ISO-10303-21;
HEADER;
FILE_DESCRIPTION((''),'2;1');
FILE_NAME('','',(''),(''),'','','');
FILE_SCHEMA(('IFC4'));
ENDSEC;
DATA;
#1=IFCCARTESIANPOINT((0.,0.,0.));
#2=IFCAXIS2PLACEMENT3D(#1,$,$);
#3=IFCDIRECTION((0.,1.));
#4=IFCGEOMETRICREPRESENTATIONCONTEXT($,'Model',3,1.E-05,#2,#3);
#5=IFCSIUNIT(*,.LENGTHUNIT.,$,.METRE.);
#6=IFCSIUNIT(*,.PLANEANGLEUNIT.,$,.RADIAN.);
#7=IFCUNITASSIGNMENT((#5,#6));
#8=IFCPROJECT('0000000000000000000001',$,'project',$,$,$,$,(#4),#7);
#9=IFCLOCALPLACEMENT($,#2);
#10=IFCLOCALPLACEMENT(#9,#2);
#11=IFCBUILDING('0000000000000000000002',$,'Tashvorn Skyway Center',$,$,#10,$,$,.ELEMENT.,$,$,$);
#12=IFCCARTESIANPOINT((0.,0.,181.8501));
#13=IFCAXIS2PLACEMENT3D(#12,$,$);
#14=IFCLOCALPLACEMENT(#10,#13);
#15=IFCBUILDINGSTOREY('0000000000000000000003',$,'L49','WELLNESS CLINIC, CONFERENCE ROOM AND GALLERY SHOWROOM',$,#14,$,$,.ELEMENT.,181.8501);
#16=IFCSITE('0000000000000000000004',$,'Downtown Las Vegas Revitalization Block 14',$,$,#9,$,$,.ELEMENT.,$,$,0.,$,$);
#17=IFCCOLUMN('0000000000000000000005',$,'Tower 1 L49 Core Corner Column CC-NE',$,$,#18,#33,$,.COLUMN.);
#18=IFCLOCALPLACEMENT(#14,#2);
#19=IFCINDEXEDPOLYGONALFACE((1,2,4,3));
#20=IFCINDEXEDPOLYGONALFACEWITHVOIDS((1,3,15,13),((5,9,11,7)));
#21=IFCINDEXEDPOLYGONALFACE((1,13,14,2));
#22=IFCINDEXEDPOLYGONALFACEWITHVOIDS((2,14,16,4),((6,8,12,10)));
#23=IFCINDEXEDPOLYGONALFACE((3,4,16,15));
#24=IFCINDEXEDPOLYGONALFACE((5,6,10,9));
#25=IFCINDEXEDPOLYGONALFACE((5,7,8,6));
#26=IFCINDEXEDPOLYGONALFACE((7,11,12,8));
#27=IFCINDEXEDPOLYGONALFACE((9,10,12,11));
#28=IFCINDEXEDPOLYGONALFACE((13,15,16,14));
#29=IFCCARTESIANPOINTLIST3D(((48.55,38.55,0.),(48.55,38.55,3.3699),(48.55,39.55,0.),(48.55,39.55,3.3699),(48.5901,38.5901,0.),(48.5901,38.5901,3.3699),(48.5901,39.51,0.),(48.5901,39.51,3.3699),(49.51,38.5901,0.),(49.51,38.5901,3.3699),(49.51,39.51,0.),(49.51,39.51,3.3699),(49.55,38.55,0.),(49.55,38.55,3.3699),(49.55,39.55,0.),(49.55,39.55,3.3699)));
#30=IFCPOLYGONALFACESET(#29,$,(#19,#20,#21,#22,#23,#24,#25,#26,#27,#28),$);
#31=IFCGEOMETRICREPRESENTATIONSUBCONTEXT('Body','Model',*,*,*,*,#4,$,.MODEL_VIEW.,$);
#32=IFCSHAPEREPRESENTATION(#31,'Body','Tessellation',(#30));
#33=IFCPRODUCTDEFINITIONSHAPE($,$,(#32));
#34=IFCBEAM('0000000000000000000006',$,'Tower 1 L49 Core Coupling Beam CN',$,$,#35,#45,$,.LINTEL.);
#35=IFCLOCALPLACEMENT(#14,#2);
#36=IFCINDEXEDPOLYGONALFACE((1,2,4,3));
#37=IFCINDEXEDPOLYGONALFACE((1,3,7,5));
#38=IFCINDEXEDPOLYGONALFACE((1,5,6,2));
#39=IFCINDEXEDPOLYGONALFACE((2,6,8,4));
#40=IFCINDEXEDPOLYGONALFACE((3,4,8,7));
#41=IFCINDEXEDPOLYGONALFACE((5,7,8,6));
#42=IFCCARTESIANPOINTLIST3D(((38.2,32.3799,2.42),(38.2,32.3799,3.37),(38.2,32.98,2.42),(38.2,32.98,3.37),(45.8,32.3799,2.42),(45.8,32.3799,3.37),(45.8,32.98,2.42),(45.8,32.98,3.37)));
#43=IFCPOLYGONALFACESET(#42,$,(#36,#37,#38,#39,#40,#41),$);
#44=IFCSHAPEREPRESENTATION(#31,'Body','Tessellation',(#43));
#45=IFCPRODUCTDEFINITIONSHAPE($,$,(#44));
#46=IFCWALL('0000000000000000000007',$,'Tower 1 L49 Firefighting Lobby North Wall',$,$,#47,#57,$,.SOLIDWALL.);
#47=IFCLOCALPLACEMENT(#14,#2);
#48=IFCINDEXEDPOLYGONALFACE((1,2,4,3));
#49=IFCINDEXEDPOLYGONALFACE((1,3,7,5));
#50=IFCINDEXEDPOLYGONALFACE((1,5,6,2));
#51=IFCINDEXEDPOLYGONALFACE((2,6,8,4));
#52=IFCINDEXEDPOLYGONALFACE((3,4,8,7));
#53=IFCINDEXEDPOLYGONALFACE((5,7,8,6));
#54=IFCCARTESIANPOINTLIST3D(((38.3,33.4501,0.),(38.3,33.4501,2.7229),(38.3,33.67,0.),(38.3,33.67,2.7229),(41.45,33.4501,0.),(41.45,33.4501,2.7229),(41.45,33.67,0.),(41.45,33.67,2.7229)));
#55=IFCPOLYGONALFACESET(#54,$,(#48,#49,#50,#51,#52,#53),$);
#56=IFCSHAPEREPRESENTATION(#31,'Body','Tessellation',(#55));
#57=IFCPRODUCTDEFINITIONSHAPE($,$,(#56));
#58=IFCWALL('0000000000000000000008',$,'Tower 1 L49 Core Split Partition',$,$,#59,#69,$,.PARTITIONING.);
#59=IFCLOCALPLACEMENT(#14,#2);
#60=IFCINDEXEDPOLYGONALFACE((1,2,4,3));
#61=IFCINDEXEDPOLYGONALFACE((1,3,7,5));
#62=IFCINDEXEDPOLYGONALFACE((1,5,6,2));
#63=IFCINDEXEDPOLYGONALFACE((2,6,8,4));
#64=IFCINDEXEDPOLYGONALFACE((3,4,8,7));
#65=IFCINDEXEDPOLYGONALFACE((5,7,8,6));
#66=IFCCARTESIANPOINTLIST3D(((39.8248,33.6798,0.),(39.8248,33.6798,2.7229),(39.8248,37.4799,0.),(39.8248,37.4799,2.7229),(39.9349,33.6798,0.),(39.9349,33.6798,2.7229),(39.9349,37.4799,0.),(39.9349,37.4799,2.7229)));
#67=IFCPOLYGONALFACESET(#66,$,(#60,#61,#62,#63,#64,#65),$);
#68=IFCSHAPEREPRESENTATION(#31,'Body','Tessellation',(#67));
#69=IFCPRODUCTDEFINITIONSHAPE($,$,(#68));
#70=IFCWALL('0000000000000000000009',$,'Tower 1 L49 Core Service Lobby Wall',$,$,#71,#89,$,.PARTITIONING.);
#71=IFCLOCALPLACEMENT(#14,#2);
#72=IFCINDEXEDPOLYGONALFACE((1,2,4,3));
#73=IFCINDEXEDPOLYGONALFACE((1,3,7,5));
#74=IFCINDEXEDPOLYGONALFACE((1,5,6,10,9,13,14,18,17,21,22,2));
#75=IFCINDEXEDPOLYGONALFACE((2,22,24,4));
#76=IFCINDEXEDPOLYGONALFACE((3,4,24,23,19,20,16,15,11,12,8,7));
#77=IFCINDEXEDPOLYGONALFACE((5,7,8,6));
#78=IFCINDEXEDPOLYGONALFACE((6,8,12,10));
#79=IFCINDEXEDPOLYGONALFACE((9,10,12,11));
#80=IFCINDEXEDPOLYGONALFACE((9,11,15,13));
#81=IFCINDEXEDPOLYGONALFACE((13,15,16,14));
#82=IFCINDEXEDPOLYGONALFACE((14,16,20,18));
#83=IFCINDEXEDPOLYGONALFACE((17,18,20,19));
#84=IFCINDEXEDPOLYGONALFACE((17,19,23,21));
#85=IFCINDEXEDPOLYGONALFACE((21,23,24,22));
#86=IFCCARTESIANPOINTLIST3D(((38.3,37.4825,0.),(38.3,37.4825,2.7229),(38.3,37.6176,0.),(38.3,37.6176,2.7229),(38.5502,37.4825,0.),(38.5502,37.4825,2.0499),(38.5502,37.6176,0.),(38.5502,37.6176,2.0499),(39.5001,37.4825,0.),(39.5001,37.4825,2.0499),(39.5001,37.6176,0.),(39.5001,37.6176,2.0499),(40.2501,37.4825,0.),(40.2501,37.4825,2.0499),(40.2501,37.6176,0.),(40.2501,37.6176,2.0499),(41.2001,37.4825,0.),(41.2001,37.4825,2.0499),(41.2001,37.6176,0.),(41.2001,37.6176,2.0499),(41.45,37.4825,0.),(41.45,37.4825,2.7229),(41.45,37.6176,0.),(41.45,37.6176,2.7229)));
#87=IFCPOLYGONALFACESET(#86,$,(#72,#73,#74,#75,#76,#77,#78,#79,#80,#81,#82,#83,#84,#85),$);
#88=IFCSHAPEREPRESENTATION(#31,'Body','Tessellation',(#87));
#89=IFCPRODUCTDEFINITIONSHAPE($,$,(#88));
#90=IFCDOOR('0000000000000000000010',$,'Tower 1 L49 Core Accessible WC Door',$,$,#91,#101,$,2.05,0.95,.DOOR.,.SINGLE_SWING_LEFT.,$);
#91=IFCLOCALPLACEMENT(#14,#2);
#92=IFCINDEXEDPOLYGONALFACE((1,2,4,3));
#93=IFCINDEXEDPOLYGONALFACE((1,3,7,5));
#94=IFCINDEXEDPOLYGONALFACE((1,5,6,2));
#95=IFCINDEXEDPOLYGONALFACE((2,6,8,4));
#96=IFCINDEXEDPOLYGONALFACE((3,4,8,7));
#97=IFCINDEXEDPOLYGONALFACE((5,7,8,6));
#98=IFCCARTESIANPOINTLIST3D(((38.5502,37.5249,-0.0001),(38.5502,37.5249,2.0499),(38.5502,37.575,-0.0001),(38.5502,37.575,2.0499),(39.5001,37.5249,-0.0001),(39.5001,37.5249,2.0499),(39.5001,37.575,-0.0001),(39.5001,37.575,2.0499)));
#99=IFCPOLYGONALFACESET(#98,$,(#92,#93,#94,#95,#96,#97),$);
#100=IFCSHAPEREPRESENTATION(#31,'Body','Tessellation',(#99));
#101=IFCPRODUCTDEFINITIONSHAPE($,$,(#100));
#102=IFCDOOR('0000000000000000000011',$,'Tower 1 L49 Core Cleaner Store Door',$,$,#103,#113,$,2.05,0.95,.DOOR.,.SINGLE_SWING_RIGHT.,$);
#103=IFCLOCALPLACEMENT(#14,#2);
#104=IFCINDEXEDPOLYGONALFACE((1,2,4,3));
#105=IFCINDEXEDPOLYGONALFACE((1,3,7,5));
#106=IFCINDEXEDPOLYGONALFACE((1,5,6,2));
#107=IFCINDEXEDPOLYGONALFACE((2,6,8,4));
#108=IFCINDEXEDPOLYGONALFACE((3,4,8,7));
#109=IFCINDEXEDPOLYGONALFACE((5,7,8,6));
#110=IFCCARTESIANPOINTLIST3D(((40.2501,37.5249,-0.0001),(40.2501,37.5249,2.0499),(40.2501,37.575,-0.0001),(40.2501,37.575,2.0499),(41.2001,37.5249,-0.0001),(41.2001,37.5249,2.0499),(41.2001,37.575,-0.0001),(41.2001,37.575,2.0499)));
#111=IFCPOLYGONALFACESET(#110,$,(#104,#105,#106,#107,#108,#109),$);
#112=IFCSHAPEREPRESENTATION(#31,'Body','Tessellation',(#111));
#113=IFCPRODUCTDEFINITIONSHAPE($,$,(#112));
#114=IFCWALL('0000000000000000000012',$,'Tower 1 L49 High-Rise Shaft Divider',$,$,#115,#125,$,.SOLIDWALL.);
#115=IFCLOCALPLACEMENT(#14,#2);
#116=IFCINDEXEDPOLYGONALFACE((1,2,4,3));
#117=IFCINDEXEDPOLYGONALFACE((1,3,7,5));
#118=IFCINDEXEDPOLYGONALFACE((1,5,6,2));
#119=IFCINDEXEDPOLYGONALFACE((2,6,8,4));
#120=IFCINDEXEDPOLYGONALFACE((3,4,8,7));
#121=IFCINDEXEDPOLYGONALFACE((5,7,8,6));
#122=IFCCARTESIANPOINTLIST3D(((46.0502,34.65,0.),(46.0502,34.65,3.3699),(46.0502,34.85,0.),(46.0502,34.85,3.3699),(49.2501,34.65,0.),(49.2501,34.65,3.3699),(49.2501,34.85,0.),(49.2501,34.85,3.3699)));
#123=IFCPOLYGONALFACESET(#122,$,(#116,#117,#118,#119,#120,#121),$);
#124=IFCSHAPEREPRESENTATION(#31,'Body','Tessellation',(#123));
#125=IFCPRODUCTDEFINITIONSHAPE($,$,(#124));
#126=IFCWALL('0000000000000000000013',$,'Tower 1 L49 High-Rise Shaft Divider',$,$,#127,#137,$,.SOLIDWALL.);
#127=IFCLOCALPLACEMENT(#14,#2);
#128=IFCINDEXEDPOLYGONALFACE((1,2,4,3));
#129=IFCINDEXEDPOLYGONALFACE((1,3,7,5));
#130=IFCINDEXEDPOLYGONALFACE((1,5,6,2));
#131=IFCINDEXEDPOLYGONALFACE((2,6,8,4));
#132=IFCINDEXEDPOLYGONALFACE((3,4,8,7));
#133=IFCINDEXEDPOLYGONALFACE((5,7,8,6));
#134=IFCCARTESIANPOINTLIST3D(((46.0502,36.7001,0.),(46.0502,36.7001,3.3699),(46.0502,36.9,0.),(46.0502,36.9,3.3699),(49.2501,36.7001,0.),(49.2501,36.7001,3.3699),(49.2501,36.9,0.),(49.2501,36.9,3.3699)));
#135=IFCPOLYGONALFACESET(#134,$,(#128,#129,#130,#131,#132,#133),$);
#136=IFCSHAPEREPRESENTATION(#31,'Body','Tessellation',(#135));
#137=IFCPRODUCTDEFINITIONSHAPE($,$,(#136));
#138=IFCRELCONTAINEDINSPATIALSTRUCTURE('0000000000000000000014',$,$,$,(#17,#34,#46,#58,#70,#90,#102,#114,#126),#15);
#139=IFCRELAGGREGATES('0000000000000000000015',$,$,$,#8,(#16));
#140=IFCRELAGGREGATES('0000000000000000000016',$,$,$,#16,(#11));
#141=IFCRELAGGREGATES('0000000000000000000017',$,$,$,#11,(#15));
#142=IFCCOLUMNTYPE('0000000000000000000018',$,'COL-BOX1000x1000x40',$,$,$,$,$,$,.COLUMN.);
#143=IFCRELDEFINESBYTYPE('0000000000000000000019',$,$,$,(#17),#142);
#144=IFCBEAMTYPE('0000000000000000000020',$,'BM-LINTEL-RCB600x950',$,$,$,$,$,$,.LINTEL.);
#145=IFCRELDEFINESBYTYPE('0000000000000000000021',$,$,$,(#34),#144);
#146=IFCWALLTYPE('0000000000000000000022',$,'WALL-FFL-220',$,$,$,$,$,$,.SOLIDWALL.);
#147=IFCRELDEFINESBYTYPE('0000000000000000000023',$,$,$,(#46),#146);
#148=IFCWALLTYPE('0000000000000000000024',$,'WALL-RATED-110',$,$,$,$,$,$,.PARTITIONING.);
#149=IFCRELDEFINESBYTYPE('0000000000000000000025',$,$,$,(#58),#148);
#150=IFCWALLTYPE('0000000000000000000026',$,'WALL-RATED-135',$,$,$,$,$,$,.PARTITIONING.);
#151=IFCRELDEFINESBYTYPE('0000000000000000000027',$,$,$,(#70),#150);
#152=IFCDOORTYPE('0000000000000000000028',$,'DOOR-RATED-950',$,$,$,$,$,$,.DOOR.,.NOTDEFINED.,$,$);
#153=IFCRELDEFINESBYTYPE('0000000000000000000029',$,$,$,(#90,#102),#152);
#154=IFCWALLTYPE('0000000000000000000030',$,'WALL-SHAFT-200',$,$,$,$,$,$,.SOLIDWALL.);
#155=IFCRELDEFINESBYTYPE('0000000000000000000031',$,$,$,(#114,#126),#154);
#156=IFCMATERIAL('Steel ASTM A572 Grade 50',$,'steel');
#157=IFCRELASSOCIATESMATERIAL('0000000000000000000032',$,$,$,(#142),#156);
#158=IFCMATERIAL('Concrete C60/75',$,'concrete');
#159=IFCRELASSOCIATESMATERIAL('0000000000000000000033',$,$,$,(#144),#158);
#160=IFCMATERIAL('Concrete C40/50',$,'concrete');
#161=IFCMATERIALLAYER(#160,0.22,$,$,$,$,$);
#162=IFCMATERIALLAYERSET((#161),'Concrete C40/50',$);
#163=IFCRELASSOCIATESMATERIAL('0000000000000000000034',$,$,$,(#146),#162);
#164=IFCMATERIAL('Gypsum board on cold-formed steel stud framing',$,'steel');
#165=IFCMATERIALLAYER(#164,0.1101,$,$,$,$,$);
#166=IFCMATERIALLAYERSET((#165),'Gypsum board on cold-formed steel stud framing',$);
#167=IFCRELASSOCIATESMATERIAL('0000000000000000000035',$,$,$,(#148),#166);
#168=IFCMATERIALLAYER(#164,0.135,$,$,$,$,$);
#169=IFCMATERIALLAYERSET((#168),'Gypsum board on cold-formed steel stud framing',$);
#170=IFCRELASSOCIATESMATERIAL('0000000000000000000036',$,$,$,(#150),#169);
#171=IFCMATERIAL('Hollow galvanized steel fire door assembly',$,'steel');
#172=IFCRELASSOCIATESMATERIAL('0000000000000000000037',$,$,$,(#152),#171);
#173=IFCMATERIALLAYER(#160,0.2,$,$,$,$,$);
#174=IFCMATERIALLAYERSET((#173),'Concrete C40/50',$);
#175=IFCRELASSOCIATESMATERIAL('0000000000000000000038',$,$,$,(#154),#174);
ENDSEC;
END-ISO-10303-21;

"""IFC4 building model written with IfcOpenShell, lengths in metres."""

from ifc_helpers import new_model, si_unit, direction, frame, frame_2d, origin, origin_2d, place, context, subcontext, project, spatial, rectangle, hollow_rectangle, extrude, material, layer, layer_set, material_profile, profile_set, type_object, element, fill, save


model = new_model("IFC4")

# Units and contexts
model_context = context("Model", 3, precision=1e-05, world=origin(), true_north=direction((0.0, 1.0)))
body_context = subcontext(model_context, "Body", "Model", "MODEL_VIEW")
ifc_project = project(units=[si_unit("LENGTHUNIT", "METRE"), si_unit("PLANEANGLEUNIT", "RADIAN")], contexts=[model_context])

# Site, building, storey
site_placement = place(None, origin())
site = spatial("IfcSite", under=ifc_project, at=site_placement, Name="Downtown Las Vegas Revitalization Block 14", CompositionType="ELEMENT", RefElevation=0.0)
building_placement = place(site_placement, origin())
building = spatial("IfcBuilding", under=site, at=building_placement, Name="Tashvorn Skyway Center", CompositionType="ELEMENT")
storey_placement = place(building_placement, frame((0.0, 0.0, 181.8501)))
storey = spatial("IfcBuildingStorey", under=building, at=storey_placement, Name="L49", Description="WELLNESS CLINIC, CONFERENCE ROOM AND GALLERY SHOWROOM", CompositionType="ELEMENT", Elevation=181.8501)

# Column
ifc_material_1 = material(Name="Steel ASTM A572 Grade 50", Category="steel")
ifc_material_profile_1 = material_profile(ifc_material_1, hollow_rectangle(XDim=1.0, YDim=1.0, WallThickness=0.04, at=origin_2d()), Name="BOX1000x1000x40")
ifc_profile_set_1 = profile_set([ifc_material_profile_1], Name="Steel ASTM A572 Grade 50")
column_type = type_object("IfcColumnType", Name="COL-BOX1000x1000x40", PredefinedType="COLUMN", material=ifc_profile_set_1)
column_placement = place(storey_placement, frame((49.05, 39.05, 0.0), z_axis=(0.0, 0.0, 1.0), x_axis=(1.0, 0.0, 0.0)))
element("IfcColumn", 1, at=column_placement, inside=storey, type_object=column_type, Name="Tower 1 L49 Core Corner Column CC-NE", PredefinedType="COLUMN", context=body_context, shape_type="SweptSolid", body=[
    extrude(hollow_rectangle(XDim=1.0, YDim=1.0, WallThickness=0.04, at=origin_2d()), origin(), (0.0, 0.0, 1.0), 3.3699),
])

# Beam
ifc_material_2 = material(Name="Concrete C60/75", Category="concrete")
ifc_material_profile_2 = material_profile(ifc_material_2, rectangle(XDim=0.6001, YDim=0.95, at=origin_2d()), Name="RCB600x950")
ifc_profile_set_2 = profile_set([ifc_material_profile_2], Name="Concrete C60/75")
beam_type = type_object("IfcBeamType", Name="BM-LINTEL-RCB600x950", PredefinedType="LINTEL", material=ifc_profile_set_2)
beam_placement = place(storey_placement, frame((38.2, 32.6799, 2.895), z_axis=(1.0, 0.0, 0.0), x_axis=(0.0, 1.0, 0.0)))
element("IfcBeam", 2, at=beam_placement, inside=storey, type_object=beam_type, Name="Tower 1 L49 Core Coupling Beam CN", PredefinedType="LINTEL", context=body_context, shape_type="SweptSolid", body=[
    extrude(rectangle(XDim=0.6001, YDim=0.95, at=origin_2d()), origin(), (0.0, 0.0, 1.0), 7.6001),
])

# Walls
ifc_material_3 = material(Name="Concrete C40/50", Category="concrete")
ifc_layer_1 = layer(ifc_material_3, 0.22)
ifc_layer_set_1 = layer_set([ifc_layer_1], Name="Concrete C40/50")
wall_type_1 = type_object("IfcWallType", Name="WALL-FFL-220", PredefinedType="SOLIDWALL", material=ifc_layer_set_1)
wall_1_placement = place(storey_placement, frame((38.3, 33.5601, 0.0), z_axis=(0.0, 0.0, 1.0), x_axis=(1.0, 0.0, 0.0)))
element("IfcWall", 3, at=wall_1_placement, inside=storey, type_object=wall_type_1, Name="Tower 1 L49 Firefighting Lobby North Wall", PredefinedType="SOLIDWALL", context=body_context, shape_type="SweptSolid", body=[
    extrude(rectangle(XDim=3.1499, YDim=0.22, at=frame_2d((1.575, 0.0))), origin(), (0.0, 0.0, 1.0), 2.7229),
])
ifc_material_4 = material(Name="Gypsum board on cold-formed steel stud framing", Category="steel")
ifc_layer_2 = layer(ifc_material_4, 0.1101)
ifc_layer_set_2 = layer_set([ifc_layer_2], Name="Gypsum board on cold-formed steel stud framing")
wall_type_2 = type_object("IfcWallType", Name="WALL-RATED-110", PredefinedType="PARTITIONING", material=ifc_layer_set_2)
wall_2_placement = place(storey_placement, frame((39.8799, 33.6799, 0.0), z_axis=(0.0, 0.0, 1.0), x_axis=(0.0, 1.0, 0.0)))
element("IfcWall", 4, at=wall_2_placement, inside=storey, type_object=wall_type_2, Name="Tower 1 L49 Core Split Partition", PredefinedType="PARTITIONING", context=body_context, shape_type="SweptSolid", body=[
    extrude(rectangle(XDim=3.8, YDim=0.1101, at=frame_2d((1.8999, 0.0))), origin(), (0.0, 0.0, 1.0), 2.7229),
])

# Wall, openings, doors
ifc_layer_3 = layer(ifc_material_4, 0.135)
ifc_layer_set_3 = layer_set([ifc_layer_3], Name="Gypsum board on cold-formed steel stud framing")
wall_type_3 = type_object("IfcWallType", Name="WALL-RATED-135", PredefinedType="PARTITIONING", material=ifc_layer_set_3)
wall_3_placement = place(storey_placement, frame((38.3, 37.55, 0.0), z_axis=(0.0, 0.0, 1.0), x_axis=(1.0, 0.0, 0.0)))
wall_3 = element("IfcWall", 5, at=wall_3_placement, inside=storey, type_object=wall_type_3, Name="Tower 1 L49 Core Service Lobby Wall", PredefinedType="PARTITIONING", context=body_context, shape_type="SweptSolid", body=[
    extrude(rectangle(XDim=3.1499, YDim=0.135, at=frame_2d((1.575, 0.0))), origin(), (0.0, 0.0, 1.0), 2.7229),
])
opening_1_placement = place(wall_3_placement, frame((0.25, 0.0, 0.0)))
opening_1 = element("IfcOpeningElement", 6, at=opening_1_placement, cuts=wall_3, PredefinedType="OPENING", context=body_context, shape_type="SweptSolid", body=[
    extrude(rectangle(XDim=0.95, YDim=2.05, at=frame_2d((0.4751, 1.0249))), frame((0.0, 0.0774, 0.0), z_axis=(0.0, -1.0, 0.0), x_axis=(1.0, 0.0, 0.0)), (0.0, 0.0, 1.0), 0.155),
])
opening_2_placement = place(wall_3_placement, frame((1.95, 0.0, 0.0)))
opening_2 = element("IfcOpeningElement", 7, at=opening_2_placement, cuts=wall_3, PredefinedType="OPENING", context=body_context, shape_type="SweptSolid", body=[
    extrude(rectangle(XDim=0.95, YDim=2.05, at=frame_2d((0.4751, 1.0249))), frame((0.0, 0.0774, 0.0), z_axis=(0.0, -1.0, 0.0), x_axis=(1.0, 0.0, 0.0)), (0.0, 0.0, 1.0), 0.155),
])
ifc_material_5 = material(Name="Hollow galvanized steel fire door assembly", Category="steel")
door_type_1 = type_object("IfcDoorType", Name="DOOR-RATED-950", OperationType="NOTDEFINED", PredefinedType="DOOR", material=ifc_material_5)
door_1_placement = place(opening_1_placement, origin())
door_1 = element("IfcDoor", 8, at=door_1_placement, inside=storey, type_object=door_type_1, Name="Tower 1 L49 Core Accessible WC Door", OperationType="SINGLE_SWING_LEFT", OverallHeight=2.05, OverallWidth=0.95, PredefinedType="DOOR", context=body_context, shape_type="SweptSolid", body=[
    extrude(rectangle(XDim=0.95, YDim=2.05, at=frame_2d((0.4751, 1.0249))), frame((0.0, 0.0249, 0.0), z_axis=(0.0, -1.0, 0.0), x_axis=(1.0, 0.0, 0.0)), (0.0, 0.0, 1.0), 0.05),
])
fill(opening_1, door_1)
door_2_placement = place(opening_2_placement, origin())
door_2 = element("IfcDoor", 9, at=door_2_placement, inside=storey, type_object=door_type_1, Name="Tower 1 L49 Core Cleaner Store Door", OperationType="SINGLE_SWING_RIGHT", OverallHeight=2.05, OverallWidth=0.95, PredefinedType="DOOR", context=body_context, shape_type="SweptSolid", body=[
    extrude(rectangle(XDim=0.95, YDim=2.05, at=frame_2d((0.4751, 1.0249))), frame((0.0, 0.0249, 0.0), z_axis=(0.0, -1.0, 0.0), x_axis=(1.0, 0.0, 0.0)), (0.0, 0.0, 1.0), 0.05),
])
fill(opening_2, door_2)

# Walls
ifc_layer_4 = layer(ifc_material_3, 0.2)
ifc_layer_set_4 = layer_set([ifc_layer_4], Name="Concrete C40/50")
wall_type_4 = type_object("IfcWallType", Name="WALL-SHAFT-200", PredefinedType="SOLIDWALL", material=ifc_layer_set_4)
for number, where, z_axis, x_axis, name in (
    (10, (46.05, 34.75, 0.0), (0.0, 0.0, 1.0), (1.0, 0.0, 0.0), "Tower 1 L49 High-Rise Shaft Divider"),
    (11, (46.05, 36.8, 0.0), (0.0, 0.0, 1.0), (1.0, 0.0, 0.0), "Tower 1 L49 High-Rise Shaft Divider"),
):
    element("IfcWall", number, at=place(storey_placement, frame(where, z_axis=z_axis, x_axis=x_axis)), inside=storey, type_object=wall_type_4, Name=name, PredefinedType="SOLIDWALL", context=body_context, shape_type="SweptSolid", body=[
        extrude(rectangle(XDim=3.2, YDim=0.2, at=frame_2d((1.6001, 0.0))), origin(), (0.0, 0.0, 1.0), 3.3699),
    ])

save(model, "model.ifc")
